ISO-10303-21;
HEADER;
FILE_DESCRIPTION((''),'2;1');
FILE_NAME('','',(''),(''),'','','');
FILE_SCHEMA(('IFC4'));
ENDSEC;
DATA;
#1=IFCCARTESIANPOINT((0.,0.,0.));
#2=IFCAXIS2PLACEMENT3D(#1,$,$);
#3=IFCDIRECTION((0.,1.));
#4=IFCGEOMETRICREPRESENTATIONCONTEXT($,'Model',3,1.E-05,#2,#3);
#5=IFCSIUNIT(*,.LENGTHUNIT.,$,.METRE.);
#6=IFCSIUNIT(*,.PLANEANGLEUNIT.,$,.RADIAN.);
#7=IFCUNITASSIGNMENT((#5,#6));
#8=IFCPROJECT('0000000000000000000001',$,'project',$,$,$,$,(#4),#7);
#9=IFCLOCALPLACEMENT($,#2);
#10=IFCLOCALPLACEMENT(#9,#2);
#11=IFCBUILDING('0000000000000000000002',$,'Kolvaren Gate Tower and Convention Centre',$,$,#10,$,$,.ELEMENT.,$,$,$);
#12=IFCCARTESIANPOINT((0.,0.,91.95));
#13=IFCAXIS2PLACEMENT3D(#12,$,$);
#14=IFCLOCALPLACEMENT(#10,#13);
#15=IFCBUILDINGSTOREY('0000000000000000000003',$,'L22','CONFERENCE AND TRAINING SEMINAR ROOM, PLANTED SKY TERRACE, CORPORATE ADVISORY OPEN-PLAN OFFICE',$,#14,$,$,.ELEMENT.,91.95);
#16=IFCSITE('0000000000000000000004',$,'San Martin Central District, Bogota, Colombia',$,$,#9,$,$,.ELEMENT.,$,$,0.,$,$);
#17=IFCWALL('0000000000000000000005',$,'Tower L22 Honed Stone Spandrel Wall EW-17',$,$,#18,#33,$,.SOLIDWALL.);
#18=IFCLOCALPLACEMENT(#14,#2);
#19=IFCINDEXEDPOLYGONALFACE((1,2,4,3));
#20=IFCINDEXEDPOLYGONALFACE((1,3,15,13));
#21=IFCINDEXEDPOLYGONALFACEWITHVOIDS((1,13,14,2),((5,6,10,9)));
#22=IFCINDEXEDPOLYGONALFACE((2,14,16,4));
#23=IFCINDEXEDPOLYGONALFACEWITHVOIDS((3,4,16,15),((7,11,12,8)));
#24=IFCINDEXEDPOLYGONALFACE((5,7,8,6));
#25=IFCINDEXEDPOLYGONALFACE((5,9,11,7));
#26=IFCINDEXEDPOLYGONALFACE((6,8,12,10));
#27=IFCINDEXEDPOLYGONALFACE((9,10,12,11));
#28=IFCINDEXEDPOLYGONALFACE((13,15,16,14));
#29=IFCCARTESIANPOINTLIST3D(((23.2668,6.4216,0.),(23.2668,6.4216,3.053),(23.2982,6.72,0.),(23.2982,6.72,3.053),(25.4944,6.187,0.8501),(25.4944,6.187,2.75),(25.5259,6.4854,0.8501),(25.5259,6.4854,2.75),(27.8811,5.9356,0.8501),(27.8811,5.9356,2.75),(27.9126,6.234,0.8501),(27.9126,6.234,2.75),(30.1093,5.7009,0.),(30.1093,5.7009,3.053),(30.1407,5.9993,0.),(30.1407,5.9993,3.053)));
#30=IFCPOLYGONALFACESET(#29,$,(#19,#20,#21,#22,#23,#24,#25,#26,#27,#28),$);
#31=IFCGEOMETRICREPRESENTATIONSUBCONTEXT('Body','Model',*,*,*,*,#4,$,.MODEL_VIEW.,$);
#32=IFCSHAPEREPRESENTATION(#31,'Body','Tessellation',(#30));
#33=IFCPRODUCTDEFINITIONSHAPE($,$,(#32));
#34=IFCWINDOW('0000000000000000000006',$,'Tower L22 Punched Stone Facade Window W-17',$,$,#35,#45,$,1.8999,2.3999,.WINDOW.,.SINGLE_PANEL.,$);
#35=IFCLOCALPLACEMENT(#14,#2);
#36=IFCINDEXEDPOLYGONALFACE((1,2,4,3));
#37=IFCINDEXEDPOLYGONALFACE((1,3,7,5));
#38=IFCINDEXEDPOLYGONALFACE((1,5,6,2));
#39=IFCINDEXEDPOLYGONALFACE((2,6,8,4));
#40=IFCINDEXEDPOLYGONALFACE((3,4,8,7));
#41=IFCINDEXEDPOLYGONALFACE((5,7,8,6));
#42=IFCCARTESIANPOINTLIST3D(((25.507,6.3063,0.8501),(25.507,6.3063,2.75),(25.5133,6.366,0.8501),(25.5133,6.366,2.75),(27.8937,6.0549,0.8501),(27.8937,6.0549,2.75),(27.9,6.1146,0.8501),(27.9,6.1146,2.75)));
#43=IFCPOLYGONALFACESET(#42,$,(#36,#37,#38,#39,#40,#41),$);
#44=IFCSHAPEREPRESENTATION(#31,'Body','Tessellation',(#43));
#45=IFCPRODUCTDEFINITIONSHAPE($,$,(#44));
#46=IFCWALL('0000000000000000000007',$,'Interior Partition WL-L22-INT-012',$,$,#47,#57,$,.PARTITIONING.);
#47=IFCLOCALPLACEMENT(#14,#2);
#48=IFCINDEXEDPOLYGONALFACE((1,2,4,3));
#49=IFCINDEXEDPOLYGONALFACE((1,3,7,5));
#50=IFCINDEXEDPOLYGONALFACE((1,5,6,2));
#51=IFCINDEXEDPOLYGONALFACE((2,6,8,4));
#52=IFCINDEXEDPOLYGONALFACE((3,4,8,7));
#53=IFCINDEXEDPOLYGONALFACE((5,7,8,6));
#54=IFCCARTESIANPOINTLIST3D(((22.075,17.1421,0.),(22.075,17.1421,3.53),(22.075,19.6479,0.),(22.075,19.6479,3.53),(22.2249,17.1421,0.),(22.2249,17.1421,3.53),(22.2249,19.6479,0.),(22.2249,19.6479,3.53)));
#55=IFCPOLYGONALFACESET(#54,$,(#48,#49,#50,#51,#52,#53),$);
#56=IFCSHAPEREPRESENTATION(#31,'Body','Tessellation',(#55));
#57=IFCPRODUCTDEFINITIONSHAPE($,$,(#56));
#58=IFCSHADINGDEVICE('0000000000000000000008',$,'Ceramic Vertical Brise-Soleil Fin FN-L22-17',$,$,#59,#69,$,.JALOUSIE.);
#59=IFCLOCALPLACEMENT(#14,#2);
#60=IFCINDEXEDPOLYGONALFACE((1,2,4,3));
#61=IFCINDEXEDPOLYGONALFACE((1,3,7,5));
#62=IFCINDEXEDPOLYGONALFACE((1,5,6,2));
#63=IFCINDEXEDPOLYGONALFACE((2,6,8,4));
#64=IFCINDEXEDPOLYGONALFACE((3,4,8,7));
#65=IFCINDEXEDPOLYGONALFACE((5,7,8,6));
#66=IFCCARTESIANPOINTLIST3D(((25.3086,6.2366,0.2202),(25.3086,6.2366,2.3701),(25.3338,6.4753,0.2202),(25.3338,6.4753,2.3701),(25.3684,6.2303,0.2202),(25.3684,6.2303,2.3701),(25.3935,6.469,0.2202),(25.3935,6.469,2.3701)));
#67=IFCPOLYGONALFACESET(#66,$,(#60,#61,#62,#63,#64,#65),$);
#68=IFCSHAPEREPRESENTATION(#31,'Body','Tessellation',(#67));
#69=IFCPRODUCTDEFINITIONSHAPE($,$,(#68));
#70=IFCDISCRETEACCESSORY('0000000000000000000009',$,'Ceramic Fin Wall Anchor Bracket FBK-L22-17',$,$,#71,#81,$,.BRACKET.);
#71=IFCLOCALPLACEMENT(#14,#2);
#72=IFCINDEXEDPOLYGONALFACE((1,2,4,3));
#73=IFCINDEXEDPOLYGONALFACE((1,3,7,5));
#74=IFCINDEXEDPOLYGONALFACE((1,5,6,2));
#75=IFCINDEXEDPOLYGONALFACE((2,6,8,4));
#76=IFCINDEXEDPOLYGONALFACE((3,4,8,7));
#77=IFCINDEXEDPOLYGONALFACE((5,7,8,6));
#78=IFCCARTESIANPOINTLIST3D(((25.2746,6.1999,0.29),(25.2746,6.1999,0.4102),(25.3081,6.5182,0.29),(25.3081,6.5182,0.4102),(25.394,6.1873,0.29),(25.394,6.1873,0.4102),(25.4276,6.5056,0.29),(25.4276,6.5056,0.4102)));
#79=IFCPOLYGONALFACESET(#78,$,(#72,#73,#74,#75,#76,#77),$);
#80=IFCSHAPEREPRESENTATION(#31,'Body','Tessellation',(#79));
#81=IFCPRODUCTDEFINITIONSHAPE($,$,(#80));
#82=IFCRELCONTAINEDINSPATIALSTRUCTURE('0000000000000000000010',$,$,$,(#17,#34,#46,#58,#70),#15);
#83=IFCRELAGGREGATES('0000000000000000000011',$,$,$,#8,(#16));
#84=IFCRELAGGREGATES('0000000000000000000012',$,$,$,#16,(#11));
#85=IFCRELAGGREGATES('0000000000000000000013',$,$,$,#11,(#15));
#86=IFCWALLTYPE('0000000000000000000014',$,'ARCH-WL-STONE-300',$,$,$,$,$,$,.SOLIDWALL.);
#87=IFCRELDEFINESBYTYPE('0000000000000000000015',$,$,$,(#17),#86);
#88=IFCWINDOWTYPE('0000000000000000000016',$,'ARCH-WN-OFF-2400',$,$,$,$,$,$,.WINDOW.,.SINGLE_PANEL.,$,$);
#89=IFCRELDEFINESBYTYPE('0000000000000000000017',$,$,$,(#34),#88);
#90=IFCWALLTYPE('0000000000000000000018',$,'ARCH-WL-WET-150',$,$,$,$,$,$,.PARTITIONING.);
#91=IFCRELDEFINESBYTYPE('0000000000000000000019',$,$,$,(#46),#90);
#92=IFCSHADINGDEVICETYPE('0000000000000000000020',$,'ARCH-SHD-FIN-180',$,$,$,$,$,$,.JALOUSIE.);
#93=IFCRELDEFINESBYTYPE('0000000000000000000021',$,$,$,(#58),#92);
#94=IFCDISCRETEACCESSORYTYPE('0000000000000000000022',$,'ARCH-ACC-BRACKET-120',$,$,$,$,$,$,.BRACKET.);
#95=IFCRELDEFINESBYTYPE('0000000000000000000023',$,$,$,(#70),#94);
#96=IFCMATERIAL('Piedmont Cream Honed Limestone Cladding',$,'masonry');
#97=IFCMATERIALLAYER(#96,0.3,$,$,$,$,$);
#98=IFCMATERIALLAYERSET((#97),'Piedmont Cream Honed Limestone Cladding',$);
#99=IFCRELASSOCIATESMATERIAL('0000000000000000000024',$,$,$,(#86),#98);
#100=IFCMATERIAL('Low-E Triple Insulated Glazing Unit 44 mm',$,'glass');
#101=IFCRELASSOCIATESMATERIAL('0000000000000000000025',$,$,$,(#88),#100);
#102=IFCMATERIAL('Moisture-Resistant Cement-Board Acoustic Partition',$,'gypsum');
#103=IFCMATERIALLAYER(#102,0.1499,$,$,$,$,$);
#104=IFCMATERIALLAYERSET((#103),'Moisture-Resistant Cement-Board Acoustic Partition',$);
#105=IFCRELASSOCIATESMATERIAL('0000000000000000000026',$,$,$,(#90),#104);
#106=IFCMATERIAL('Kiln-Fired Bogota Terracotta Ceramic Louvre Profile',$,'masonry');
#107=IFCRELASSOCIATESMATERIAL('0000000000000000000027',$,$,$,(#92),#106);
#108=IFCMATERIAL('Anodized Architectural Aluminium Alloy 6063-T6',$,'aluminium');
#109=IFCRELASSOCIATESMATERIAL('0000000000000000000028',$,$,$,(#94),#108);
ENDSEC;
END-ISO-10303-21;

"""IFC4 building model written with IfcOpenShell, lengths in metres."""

from ifc_helpers import new_model, si_unit, direction, frame, frame_2d, origin, origin_2d, place, context, subcontext, project, spatial, rectangle, extrude, material, layer, layer_set, type_object, element, fill, save


model = new_model("IFC4")

# Units and contexts
model_context = context("Model", 3, precision=1e-05, world=origin(), true_north=direction((0.0, 1.0)))
body_context = subcontext(model_context, "Body", "Model", "MODEL_VIEW")
ifc_project = project(units=[si_unit("LENGTHUNIT", "METRE"), si_unit("PLANEANGLEUNIT", "RADIAN")], contexts=[model_context])

# Site, building, storey
site_placement = place(None, origin())
site = spatial("IfcSite", under=ifc_project, at=site_placement, Name="San Martin Central District, Bogota, Colombia", CompositionType="ELEMENT", RefElevation=0.0)
building_placement = place(site_placement, origin())
building = spatial("IfcBuilding", under=site, at=building_placement, Name="Kolvaren Gate Tower and Convention Centre", CompositionType="ELEMENT")
storey_placement = place(building_placement, frame((0.0, 0.0, 91.95)))
storey = spatial("IfcBuildingStorey", under=building, at=storey_placement, Name="L22", Description="CONFERENCE AND TRAINING SEMINAR ROOM, PLANTED SKY TERRACE, CORPORATE ADVISORY OPEN-PLAN OFFICE", CompositionType="ELEMENT", Elevation=91.95)

# Wall, opening, window
ifc_material_1 = material(Name="Piedmont Cream Honed Limestone Cladding", Category="masonry")
ifc_layer_1 = layer(ifc_material_1, 0.3)
ifc_layer_set_1 = layer_set([ifc_layer_1], Name="Piedmont Cream Honed Limestone Cladding")
wall_type_1 = type_object("IfcWallType", Name="ARCH-WL-STONE-300", PredefinedType="SOLIDWALL", material=ifc_layer_set_1)
wall_1_placement = place(storey_placement, frame((23.2825, 6.5708, 0.0), z_axis=(0.0, 0.0, 1.0), x_axis=(0.994499, -0.104748, 0.0)))
wall_1 = element("IfcWall", 1, at=wall_1_placement, inside=storey, type_object=wall_type_1, Name="Tower L22 Honed Stone Spandrel Wall EW-17", PredefinedType="SOLIDWALL", context=body_context, shape_type="SweptSolid", body=[
    extrude(rectangle(XDim=6.8804, YDim=0.3, at=frame_2d((3.4402, 0.0))), origin(), (0.0, 0.0, 1.0), 3.053),
])
opening_1_placement = place(wall_1_placement, frame((2.24, 0.0, 0.8501)))
opening_1 = element("IfcOpeningElement", 2, at=opening_1_placement, cuts=wall_1, PredefinedType="OPENING", context=body_context, shape_type="SweptSolid", body=[
    extrude(rectangle(XDim=2.3999, YDim=1.8999, at=frame_2d((1.2, 0.95))), frame((0.0, 0.1599, 0.0), z_axis=(0.0, -1.0, 0.0), x_axis=(1.0, 0.0, 0.0)), (0.0, 0.0, 1.0), 0.3201),
])
ifc_material_2 = material(Name="Low-E Triple Insulated Glazing Unit 44 mm", Category="glass")
window_type = type_object("IfcWindowType", Name="ARCH-WN-OFF-2400", PartitioningType="SINGLE_PANEL", PredefinedType="WINDOW", material=ifc_material_2)
window_placement = place(opening_1_placement, origin())
window = element("IfcWindow", 3, at=window_placement, inside=storey, type_object=window_type, Name="Tower L22 Punched Stone Facade Window W-17", OverallHeight=1.8999, OverallWidth=2.3999, PartitioningType="SINGLE_PANEL", PredefinedType="WINDOW", context=body_context, shape_type="SweptSolid", body=[
    extrude(rectangle(XDim=2.3999, YDim=1.8999, at=frame_2d((1.2, 0.95))), frame((0.0, 0.03, 0.0), z_axis=(0.0, -1.0, 0.0), x_axis=(1.0, 0.0, 0.0)), (0.0, 0.0, 1.0), 0.0601),
])
fill(opening_1, window)

# Wall
ifc_material_3 = material(Name="Moisture-Resistant Cement-Board Acoustic Partition", Category="gypsum")
ifc_layer_2 = layer(ifc_material_3, 0.1499)
ifc_layer_set_2 = layer_set([ifc_layer_2], Name="Moisture-Resistant Cement-Board Acoustic Partition")
wall_type_2 = type_object("IfcWallType", Name="ARCH-WL-WET-150", PredefinedType="PARTITIONING", material=ifc_layer_set_2)
wall_2_placement = place(storey_placement, frame((22.1499, 17.1421, 0.0), z_axis=(0.0, 0.0, 1.0), x_axis=(0.0, 1.0, 0.0)))
element("IfcWall", 4, at=wall_2_placement, inside=storey, type_object=wall_type_2, Name="Interior Partition WL-L22-INT-012", PredefinedType="PARTITIONING", context=body_context, shape_type="SweptSolid", body=[
    extrude(rectangle(XDim=2.5059, YDim=0.1499, at=frame_2d((1.2529, 0.0))), origin(), (0.0, 0.0, 1.0), 3.53),
])

# Shading device
ifc_material_4 = material(Name="Kiln-Fired Bogota Terracotta Ceramic Louvre Profile", Category="masonry")
shading_device_type = type_object("IfcShadingDeviceType", Name="ARCH-SHD-FIN-180", PredefinedType="JALOUSIE", material=ifc_material_4)
shading_device_placement = place(storey_placement, frame((25.3511, 6.3528, 0.2202), z_axis=(0.0, 0.0, 1.0), x_axis=(0.994499, -0.104747, 0.0)))
element("IfcShadingDevice", 5, at=shading_device_placement, inside=storey, type_object=shading_device_type, Name="Ceramic Vertical Brise-Soleil Fin FN-L22-17", PredefinedType="JALOUSIE", context=body_context, shape_type="SweptSolid", body=[
    extrude(rectangle(XDim=0.0601, YDim=0.24, at=origin_2d()), origin(), (0.0, 0.0, 1.0), 2.1499),
])

# Discrete accessory
ifc_material_5 = material(Name="Anodized Architectural Aluminium Alloy 6063-T6", Category="aluminium")
discrete_accessory_type = type_object("IfcDiscreteAccessoryType", Name="ARCH-ACC-BRACKET-120", PredefinedType="BRACKET", material=ifc_material_5)
discrete_accessory_placement = place(storey_placement, frame((25.3511, 6.3528, 0.29), z_axis=(0.0, 0.0, 1.0), x_axis=(0.994499, -0.104747, 0.0)))
element("IfcDiscreteAccessory", 6, at=discrete_accessory_placement, inside=storey, type_object=discrete_accessory_type, Name="Ceramic Fin Wall Anchor Bracket FBK-L22-17", PredefinedType="BRACKET", context=body_context, shape_type="SweptSolid", body=[
    extrude(rectangle(XDim=0.1201, YDim=0.3201, at=origin_2d()), origin(), (0.0, 0.0, 1.0), 0.1201),
])

save(model, "model.ifc")
